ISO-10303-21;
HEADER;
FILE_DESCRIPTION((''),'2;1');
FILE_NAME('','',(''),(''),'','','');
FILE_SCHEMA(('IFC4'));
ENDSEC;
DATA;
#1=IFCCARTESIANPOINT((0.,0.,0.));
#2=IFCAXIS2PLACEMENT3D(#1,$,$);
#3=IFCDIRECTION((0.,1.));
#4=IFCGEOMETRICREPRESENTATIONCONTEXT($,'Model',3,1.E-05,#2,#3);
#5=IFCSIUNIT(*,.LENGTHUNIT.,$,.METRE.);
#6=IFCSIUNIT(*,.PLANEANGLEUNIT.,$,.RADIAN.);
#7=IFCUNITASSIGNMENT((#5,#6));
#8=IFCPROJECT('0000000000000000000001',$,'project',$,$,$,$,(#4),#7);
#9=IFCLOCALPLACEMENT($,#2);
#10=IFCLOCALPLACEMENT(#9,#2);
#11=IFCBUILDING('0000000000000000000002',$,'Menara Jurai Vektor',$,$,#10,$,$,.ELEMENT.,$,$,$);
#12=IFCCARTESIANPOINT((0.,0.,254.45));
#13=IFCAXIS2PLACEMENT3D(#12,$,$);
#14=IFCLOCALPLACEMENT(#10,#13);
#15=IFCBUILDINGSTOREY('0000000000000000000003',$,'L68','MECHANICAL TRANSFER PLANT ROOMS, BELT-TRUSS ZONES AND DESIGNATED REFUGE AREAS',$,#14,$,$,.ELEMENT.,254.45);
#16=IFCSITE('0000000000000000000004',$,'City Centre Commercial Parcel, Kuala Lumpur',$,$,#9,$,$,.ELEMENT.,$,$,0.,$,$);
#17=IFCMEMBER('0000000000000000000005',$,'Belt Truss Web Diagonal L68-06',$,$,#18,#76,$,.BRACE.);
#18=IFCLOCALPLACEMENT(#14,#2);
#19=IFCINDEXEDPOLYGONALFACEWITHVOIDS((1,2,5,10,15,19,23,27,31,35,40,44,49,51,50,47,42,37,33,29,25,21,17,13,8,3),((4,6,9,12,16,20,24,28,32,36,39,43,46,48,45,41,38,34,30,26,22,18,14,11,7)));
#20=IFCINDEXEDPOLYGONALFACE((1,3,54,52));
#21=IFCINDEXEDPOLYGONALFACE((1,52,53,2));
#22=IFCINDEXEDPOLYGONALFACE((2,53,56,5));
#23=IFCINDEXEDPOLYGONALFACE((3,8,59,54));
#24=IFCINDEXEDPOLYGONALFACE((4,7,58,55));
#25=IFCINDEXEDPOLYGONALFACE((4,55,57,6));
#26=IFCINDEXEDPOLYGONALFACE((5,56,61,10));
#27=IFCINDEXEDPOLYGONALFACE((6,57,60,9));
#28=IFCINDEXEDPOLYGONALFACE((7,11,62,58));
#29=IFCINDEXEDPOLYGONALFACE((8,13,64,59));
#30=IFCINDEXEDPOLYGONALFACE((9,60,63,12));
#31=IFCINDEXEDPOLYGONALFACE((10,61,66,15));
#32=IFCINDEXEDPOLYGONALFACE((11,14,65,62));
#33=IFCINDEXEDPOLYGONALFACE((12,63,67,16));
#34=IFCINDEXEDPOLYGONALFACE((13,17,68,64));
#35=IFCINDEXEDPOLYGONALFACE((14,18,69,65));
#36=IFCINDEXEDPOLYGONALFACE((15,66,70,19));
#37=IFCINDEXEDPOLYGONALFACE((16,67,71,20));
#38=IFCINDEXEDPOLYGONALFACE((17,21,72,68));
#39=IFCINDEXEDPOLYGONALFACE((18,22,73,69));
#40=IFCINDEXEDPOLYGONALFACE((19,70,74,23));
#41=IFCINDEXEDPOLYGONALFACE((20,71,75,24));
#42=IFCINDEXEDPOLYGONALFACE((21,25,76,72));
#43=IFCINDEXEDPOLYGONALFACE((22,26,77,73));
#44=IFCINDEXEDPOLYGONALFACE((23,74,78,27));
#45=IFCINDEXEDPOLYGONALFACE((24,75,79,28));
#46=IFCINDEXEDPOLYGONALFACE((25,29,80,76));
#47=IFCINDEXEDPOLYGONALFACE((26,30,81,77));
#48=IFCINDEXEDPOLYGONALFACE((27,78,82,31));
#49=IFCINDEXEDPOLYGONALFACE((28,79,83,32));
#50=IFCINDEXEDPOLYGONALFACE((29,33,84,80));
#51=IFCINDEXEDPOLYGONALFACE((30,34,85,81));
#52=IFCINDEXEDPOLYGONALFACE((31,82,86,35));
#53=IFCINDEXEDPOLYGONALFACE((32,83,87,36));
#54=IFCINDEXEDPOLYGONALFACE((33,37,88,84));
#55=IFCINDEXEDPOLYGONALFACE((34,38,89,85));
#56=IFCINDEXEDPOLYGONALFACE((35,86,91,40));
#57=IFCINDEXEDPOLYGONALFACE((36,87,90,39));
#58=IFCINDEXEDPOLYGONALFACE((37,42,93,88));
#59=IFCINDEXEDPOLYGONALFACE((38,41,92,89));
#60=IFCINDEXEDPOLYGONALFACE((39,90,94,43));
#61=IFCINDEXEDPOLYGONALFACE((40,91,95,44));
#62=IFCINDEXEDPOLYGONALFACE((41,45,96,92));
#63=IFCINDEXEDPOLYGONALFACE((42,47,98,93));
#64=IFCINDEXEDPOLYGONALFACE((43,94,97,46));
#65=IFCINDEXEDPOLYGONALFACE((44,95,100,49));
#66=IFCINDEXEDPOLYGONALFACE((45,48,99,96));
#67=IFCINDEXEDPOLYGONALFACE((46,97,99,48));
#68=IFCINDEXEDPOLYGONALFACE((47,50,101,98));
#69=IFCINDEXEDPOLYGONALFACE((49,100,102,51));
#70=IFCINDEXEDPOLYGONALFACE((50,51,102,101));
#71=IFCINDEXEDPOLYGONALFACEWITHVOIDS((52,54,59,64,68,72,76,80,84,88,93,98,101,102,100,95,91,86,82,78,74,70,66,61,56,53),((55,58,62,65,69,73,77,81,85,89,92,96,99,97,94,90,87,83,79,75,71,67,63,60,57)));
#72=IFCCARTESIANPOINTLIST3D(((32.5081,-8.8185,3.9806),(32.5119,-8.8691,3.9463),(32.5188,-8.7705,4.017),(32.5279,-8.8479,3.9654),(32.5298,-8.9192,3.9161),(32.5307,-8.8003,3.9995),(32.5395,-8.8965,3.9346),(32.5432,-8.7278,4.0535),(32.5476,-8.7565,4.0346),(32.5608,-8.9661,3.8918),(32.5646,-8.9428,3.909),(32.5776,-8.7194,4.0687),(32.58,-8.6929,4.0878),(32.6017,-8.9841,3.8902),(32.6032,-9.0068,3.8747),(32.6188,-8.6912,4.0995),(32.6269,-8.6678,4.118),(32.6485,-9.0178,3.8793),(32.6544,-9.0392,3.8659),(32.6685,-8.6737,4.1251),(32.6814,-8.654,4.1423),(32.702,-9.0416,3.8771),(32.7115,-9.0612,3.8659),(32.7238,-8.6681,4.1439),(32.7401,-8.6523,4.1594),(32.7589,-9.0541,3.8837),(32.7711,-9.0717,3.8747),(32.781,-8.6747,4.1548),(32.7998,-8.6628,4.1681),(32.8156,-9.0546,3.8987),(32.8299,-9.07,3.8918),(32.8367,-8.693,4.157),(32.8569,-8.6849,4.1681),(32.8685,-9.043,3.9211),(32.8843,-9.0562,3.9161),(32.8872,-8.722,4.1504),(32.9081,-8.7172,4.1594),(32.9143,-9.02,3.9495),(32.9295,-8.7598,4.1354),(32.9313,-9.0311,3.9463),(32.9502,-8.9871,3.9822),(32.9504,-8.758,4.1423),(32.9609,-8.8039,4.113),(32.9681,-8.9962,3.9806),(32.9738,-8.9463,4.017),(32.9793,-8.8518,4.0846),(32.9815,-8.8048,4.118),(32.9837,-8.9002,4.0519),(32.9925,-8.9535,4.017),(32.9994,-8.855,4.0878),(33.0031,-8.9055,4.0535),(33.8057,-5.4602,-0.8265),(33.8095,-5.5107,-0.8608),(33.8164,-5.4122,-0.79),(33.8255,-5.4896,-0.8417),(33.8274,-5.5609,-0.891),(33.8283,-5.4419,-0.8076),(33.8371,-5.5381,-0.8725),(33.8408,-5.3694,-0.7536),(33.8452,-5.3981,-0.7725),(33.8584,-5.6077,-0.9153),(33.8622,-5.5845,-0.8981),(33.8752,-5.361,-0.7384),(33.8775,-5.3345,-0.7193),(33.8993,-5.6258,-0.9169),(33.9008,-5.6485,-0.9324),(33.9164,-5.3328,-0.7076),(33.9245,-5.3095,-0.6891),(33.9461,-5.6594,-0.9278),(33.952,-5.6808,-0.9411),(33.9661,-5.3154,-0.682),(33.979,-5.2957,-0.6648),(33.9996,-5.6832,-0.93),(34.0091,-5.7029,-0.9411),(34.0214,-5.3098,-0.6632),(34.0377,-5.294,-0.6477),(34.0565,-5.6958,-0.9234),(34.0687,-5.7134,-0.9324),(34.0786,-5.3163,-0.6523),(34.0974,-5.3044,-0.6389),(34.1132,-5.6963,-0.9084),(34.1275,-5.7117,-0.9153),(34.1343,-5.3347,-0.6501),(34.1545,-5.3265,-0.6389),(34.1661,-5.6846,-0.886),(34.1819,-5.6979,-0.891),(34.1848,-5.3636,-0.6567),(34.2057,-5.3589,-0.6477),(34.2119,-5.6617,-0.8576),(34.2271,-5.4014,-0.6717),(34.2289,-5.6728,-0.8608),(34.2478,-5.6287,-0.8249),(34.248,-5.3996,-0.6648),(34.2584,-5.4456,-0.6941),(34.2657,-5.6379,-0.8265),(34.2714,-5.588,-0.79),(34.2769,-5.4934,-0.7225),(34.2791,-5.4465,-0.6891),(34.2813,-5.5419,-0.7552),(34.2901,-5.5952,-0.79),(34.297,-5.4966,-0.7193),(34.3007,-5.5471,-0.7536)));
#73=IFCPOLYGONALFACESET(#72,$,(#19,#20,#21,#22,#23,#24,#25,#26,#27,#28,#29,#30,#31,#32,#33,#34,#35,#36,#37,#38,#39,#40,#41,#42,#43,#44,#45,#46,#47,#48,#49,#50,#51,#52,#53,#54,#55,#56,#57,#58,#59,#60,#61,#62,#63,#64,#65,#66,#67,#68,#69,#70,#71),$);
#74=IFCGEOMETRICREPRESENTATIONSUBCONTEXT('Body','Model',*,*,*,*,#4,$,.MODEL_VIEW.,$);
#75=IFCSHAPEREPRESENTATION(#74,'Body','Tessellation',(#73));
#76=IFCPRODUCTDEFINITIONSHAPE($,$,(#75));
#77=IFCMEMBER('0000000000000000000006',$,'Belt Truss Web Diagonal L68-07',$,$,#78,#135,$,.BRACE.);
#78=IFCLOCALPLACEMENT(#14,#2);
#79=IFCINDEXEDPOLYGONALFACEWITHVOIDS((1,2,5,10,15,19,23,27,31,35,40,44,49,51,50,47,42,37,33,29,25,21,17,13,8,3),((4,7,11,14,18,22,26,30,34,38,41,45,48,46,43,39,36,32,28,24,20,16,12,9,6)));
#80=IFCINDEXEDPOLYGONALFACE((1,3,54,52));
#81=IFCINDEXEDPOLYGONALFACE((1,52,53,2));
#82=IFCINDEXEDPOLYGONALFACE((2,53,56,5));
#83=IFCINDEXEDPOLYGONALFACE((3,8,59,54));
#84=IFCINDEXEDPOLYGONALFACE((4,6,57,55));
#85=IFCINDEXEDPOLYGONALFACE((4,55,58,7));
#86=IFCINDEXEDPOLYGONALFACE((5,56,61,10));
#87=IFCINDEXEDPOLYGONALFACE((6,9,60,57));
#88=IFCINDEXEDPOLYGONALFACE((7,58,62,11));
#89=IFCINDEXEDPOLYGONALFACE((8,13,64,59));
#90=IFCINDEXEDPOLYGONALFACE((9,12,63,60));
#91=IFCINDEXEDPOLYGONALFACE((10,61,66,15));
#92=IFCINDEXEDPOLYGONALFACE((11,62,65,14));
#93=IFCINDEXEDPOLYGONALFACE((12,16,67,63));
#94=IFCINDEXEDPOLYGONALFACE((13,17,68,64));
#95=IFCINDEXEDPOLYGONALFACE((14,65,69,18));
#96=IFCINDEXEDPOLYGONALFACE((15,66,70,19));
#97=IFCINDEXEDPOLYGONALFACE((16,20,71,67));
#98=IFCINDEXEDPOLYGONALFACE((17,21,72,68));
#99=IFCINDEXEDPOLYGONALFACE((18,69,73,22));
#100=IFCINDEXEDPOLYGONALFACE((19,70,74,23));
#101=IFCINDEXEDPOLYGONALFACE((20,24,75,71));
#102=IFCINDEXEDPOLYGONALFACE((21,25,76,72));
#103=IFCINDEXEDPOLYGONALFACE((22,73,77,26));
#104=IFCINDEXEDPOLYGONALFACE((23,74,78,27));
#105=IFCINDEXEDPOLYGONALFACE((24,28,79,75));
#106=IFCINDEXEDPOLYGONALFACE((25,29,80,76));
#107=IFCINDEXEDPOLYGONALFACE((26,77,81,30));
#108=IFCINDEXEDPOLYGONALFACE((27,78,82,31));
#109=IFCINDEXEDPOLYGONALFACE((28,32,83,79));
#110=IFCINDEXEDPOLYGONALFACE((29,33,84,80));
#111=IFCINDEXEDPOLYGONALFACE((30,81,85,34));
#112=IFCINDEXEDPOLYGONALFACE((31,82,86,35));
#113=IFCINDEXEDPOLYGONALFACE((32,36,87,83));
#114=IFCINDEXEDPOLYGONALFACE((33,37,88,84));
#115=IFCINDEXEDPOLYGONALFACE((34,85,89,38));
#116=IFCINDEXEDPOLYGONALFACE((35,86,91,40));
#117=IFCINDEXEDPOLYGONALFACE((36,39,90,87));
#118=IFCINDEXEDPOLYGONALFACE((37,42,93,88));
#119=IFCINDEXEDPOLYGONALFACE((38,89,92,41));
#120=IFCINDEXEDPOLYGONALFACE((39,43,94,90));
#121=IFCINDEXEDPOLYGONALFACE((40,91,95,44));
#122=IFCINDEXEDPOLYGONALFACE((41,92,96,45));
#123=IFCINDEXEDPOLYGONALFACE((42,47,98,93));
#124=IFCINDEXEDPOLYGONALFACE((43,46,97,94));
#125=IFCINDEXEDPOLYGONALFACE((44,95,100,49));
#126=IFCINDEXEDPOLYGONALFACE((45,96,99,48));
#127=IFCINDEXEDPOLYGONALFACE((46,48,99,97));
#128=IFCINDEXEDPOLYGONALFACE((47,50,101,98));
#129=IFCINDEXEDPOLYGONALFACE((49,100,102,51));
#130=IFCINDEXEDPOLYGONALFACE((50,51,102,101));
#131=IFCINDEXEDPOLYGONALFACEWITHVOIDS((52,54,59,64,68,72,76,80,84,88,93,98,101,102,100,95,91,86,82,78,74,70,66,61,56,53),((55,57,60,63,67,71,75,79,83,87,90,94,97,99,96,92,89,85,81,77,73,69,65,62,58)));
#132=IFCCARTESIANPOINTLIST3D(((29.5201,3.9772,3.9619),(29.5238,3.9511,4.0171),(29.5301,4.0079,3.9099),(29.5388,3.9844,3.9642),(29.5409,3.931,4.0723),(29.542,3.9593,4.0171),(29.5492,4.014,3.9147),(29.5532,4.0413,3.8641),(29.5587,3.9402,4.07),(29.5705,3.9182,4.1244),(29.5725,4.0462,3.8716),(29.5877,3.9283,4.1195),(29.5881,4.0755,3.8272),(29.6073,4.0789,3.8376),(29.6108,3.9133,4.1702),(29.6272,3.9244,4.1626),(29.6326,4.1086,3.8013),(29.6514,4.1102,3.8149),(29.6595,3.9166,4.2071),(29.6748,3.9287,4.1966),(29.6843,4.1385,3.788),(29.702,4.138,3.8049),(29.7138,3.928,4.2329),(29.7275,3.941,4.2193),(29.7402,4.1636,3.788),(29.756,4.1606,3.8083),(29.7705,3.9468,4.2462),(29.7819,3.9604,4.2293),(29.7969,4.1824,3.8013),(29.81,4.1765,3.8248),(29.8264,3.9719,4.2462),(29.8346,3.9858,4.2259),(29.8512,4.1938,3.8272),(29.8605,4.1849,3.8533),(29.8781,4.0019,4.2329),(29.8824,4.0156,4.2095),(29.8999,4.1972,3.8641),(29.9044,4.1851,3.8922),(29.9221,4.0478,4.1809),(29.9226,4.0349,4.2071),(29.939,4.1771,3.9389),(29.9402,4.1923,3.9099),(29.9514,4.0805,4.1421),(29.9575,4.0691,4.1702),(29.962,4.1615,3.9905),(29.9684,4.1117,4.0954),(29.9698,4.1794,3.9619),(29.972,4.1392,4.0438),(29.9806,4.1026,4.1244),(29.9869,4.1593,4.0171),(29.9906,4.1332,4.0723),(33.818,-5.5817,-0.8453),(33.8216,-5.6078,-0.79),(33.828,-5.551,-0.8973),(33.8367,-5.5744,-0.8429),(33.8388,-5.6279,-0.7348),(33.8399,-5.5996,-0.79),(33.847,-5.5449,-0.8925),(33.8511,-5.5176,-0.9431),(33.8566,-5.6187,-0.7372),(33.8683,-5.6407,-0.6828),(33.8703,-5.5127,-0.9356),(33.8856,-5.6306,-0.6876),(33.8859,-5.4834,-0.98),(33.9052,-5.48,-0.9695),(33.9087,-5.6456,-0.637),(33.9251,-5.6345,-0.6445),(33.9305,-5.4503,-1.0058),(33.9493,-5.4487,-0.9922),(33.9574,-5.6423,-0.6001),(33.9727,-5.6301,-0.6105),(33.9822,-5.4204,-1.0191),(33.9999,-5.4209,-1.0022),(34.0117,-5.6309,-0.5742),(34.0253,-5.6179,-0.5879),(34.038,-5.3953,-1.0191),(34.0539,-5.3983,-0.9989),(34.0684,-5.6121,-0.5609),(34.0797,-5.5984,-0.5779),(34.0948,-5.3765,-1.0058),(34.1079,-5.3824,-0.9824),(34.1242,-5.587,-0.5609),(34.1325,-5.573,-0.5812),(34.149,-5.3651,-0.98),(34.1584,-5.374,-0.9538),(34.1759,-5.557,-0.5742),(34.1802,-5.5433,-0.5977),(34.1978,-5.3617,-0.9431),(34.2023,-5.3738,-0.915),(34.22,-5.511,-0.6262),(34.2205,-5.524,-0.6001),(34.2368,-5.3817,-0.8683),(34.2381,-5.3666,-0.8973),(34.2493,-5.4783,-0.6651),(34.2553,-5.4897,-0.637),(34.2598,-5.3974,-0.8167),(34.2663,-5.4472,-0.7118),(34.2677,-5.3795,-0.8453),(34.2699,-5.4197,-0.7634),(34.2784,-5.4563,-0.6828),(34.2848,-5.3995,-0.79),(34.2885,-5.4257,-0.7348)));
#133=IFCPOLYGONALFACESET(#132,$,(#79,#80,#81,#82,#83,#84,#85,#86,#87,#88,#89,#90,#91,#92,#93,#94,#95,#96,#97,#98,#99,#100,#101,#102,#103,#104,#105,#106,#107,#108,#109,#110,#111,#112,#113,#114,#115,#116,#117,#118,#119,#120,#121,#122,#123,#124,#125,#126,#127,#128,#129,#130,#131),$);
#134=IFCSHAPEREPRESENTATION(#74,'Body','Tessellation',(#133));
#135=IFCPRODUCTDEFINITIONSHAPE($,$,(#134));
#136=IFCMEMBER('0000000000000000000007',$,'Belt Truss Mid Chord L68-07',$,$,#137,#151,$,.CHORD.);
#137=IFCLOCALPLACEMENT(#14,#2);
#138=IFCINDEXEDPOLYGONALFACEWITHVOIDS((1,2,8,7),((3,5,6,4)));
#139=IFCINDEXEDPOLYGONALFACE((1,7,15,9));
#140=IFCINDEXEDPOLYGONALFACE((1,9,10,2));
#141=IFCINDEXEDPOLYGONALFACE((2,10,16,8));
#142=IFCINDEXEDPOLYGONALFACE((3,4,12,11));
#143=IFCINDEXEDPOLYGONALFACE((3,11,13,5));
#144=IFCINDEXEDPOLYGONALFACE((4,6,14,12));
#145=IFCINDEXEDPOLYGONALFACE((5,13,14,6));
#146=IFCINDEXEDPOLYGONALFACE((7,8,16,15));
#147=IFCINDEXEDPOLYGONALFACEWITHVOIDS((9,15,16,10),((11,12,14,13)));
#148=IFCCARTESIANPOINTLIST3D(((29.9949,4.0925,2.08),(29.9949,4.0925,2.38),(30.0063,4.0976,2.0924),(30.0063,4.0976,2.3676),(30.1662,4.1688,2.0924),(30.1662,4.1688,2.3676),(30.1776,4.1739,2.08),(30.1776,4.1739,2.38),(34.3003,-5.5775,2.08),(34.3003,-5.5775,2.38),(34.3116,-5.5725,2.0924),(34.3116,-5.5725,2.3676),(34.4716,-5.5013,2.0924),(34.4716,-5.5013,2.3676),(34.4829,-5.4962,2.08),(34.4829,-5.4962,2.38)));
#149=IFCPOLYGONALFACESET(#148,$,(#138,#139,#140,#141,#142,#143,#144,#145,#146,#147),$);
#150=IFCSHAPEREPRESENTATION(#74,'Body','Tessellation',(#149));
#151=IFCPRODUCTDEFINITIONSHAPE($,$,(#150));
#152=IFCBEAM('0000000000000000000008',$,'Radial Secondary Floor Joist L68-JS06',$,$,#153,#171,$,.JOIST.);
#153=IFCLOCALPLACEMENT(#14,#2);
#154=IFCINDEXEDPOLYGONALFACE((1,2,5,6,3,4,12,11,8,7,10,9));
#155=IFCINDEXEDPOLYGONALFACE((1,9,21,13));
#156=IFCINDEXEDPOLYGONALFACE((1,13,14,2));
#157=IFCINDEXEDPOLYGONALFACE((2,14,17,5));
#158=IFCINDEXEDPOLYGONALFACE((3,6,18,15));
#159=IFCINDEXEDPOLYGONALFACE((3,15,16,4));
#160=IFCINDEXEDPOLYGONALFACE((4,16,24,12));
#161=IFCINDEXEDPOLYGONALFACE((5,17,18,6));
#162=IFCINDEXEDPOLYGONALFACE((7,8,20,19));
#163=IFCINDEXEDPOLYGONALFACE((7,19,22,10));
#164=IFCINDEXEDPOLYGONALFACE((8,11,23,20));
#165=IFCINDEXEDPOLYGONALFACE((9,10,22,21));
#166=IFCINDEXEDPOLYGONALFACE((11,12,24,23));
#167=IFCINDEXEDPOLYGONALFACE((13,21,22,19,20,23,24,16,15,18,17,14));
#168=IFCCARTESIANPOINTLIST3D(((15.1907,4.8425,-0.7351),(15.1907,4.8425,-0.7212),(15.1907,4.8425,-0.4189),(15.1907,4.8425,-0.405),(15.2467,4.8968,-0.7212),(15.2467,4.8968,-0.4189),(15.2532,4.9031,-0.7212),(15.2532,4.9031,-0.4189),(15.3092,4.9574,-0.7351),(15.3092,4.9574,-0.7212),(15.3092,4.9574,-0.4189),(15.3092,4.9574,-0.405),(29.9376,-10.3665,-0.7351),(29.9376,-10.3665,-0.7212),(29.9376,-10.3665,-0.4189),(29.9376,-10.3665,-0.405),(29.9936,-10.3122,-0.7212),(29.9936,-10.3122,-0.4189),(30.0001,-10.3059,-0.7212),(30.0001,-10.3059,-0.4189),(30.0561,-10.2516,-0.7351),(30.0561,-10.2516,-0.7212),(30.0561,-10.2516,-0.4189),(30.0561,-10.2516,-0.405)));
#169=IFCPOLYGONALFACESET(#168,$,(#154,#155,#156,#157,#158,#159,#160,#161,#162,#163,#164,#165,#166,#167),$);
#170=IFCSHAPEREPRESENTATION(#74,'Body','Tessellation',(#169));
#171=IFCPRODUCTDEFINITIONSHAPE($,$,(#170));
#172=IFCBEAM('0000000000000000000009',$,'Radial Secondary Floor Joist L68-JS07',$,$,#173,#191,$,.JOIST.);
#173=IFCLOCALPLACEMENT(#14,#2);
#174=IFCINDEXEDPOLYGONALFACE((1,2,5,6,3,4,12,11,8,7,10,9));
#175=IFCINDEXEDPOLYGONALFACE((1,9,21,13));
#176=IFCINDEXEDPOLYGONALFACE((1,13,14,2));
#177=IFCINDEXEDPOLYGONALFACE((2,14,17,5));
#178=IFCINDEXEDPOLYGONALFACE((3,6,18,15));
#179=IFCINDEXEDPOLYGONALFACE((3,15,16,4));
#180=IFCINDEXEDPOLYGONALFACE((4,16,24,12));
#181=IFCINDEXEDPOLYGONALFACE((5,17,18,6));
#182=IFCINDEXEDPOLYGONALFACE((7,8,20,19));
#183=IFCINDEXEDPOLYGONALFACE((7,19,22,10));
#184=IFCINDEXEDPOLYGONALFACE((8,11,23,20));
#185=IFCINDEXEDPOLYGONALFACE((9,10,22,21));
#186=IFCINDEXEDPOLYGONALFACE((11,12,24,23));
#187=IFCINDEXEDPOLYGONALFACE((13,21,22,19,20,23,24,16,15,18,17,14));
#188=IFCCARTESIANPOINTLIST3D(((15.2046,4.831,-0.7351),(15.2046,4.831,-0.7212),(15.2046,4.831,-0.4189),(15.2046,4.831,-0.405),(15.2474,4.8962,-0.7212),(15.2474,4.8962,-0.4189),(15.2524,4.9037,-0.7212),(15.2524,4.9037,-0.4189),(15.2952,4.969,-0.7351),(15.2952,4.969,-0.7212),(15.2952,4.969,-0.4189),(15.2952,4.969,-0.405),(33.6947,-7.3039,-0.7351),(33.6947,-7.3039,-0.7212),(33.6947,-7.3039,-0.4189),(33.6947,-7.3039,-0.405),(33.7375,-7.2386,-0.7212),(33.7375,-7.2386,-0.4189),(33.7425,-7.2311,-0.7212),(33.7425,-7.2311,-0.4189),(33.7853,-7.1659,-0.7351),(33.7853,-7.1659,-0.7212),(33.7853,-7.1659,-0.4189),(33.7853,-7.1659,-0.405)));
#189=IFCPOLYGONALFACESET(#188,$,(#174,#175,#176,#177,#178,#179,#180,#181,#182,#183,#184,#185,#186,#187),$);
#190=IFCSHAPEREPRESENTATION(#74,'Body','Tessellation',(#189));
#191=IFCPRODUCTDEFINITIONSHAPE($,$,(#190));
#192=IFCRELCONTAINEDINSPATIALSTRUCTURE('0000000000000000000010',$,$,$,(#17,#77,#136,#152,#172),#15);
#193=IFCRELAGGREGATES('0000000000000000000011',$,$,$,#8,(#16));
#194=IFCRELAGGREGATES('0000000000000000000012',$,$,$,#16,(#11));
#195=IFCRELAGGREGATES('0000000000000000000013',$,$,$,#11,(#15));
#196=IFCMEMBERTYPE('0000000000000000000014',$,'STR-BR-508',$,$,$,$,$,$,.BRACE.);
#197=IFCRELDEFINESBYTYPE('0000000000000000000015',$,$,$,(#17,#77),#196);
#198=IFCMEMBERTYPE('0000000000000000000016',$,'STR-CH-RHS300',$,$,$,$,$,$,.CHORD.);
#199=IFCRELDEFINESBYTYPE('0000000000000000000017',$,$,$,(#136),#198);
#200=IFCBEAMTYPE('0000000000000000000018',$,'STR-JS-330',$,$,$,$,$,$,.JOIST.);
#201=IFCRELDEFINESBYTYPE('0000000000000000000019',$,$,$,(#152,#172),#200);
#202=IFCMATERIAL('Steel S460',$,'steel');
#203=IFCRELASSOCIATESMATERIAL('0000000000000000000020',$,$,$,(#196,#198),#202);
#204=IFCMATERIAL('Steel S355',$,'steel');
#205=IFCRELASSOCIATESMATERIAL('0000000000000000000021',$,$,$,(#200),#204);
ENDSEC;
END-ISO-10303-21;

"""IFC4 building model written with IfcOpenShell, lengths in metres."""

from ifc_helpers import new_model, si_unit, direction, frame, origin, origin_2d, place, context, subcontext, project, spatial, hollow_rectangle, hollow_circle, i_section, extrude, material, material_profile, profile_set, type_object, element, save


model = new_model("IFC4")

# Units and contexts
model_context = context("Model", 3, precision=1e-05, world=origin(), true_north=direction((0.0, 1.0)))
body_context = subcontext(model_context, "Body", "Model", "MODEL_VIEW")
ifc_project = project(units=[si_unit("LENGTHUNIT", "METRE"), si_unit("PLANEANGLEUNIT", "RADIAN")], contexts=[model_context])

# Site, building, storey
site_placement = place(None, origin())
site = spatial("IfcSite", under=ifc_project, at=site_placement, Name="City Centre Commercial Parcel, Kuala Lumpur", CompositionType="ELEMENT", RefElevation=0.0)
building_placement = place(site_placement, origin())
building = spatial("IfcBuilding", under=site, at=building_placement, Name="Menara Jurai Vektor", CompositionType="ELEMENT")
storey_placement = place(building_placement, frame((0.0, 0.0, 254.45)))
storey = spatial("IfcBuildingStorey", under=building, at=storey_placement, Name="L68", Description="MECHANICAL TRANSFER PLANT ROOMS, BELT-TRUSS ZONES AND DESIGNATED REFUGE AREAS", CompositionType="ELEMENT", Elevation=254.45)

# Shared definitions
ifc_material_1 = material(Name="Steel S460", Category="steel")

# Shared definitions
ifc_material_2 = material(Name="Steel S355", Category="steel")

# Members
ifc_material_profile_1 = material_profile(ifc_material_1, hollow_circle(Radius=0.2539, WallThickness=0.02, at=origin_2d()), Name="CHS 508x20")
ifc_profile_set_1 = profile_set([ifc_material_profile_1], Name="Steel S460")
member_type_1 = type_object("IfcMemberType", Name="STR-BR-508", PredefinedType="BRACE", material=ifc_profile_set_1)
member_1_placement = place(storey_placement, frame((34.0532, -5.5037, -0.79), z_axis=(-0.216055, -0.559181, 0.800398), x_axis=(0.932794, -0.36041, 0.0)))
element("IfcMember", 1, at=member_1_placement, inside=storey, type_object=member_type_1, Name="Belt Truss Web Diagonal L68-06", PredefinedType="BRACE", context=body_context, shape_type="SweptSolid", body=[
    extrude(hollow_circle(Radius=0.2539, WallThickness=0.02, at=origin_2d()), origin(), (0.0, 0.0, 1.0), 6.0059),
])
member_2_placement = place(storey_placement, frame((34.0532, -5.5037, -0.79), z_axis=(-0.372739, 0.829008, 0.416907), x_axis=(-0.912051, -0.410077, 0.0)))
element("IfcMember", 2, at=member_2_placement, inside=storey, type_object=member_type_1, Name="Belt Truss Web Diagonal L68-07", PredefinedType="BRACE", context=body_context, shape_type="SweptSolid", body=[
    extrude(hollow_circle(Radius=0.2539, WallThickness=0.02, at=origin_2d()), origin(), (0.0, 0.0, 1.0), 11.5305),
])
ifc_material_profile_2 = material_profile(ifc_material_1, hollow_rectangle(XDim=0.2, YDim=0.3, WallThickness=0.0125, at=origin_2d()), Name="RHS 300x200x12.5")
ifc_profile_set_2 = profile_set([ifc_material_profile_2], Name="Steel S460")
member_type_2 = type_object("IfcMemberType", Name="STR-CH-RHS300", PredefinedType="CHORD", material=ifc_profile_set_2)
member_3_placement = place(storey_placement, frame((34.3916, -5.5369, 2.23), z_axis=(-0.406735, 0.913546, 0.0), x_axis=(-0.913546, -0.406735, 0.0)))
element("IfcMember", 3, at=member_3_placement, inside=storey, type_object=member_type_2, Name="Belt Truss Mid Chord L68-07", PredefinedType="CHORD", context=body_context, shape_type="SweptSolid", body=[
    extrude(hollow_rectangle(XDim=0.2, YDim=0.3, WallThickness=0.0125, at=origin_2d()), origin(), (0.0, 0.0, 1.0), 10.5852),
])

# Beams
ifc_material_profile_3 = material_profile(ifc_material_2, i_section(OverallWidth=0.165, OverallDepth=0.3301, WebThickness=0.009, FlangeThickness=0.0139, at=origin_2d()), Name="PG 330x165x46")
ifc_profile_set_3 = profile_set([ifc_material_profile_3], Name="Steel S355")
beam_type_1 = type_object("IfcBeamType", Name="STR-JS-330", PredefinedType="JOIST", material=ifc_profile_set_3)
beam_1_placement = place(storey_placement, frame((29.9968, -10.3091, -0.5701), z_axis=(-0.696115, 0.717931, 0.0), x_axis=(-0.717931, -0.696115, 0.0)))
element("IfcBeam", 4, at=beam_1_placement, inside=storey, type_object=beam_type_1, Name="Radial Secondary Floor Joist L68-JS06", PredefinedType="JOIST", context=body_context, shape_type="SweptSolid", body=[
    extrude(i_section(OverallWidth=0.165, OverallDepth=0.3301, WebThickness=0.009, FlangeThickness=0.0139, at=origin_2d()), origin(), (0.0, 0.0, 1.0), 21.1846),
])
beam_2_placement = place(storey_placement, frame((33.74, -7.2349, -0.5701), z_axis=(-0.836033, 0.548679, 0.0), x_axis=(-0.548679, -0.836033, 0.0)))
element("IfcBeam", 5, at=beam_2_placement, inside=storey, type_object=beam_type_1, Name="Radial Secondary Floor Joist L68-JS07", PredefinedType="JOIST", context=body_context, shape_type="SweptSolid", body=[
    extrude(i_section(OverallWidth=0.165, OverallDepth=0.3301, WebThickness=0.009, FlangeThickness=0.0139, at=origin_2d()), origin(), (0.0, 0.0, 1.0), 22.1165),
])

save(model, "model.ifc")
